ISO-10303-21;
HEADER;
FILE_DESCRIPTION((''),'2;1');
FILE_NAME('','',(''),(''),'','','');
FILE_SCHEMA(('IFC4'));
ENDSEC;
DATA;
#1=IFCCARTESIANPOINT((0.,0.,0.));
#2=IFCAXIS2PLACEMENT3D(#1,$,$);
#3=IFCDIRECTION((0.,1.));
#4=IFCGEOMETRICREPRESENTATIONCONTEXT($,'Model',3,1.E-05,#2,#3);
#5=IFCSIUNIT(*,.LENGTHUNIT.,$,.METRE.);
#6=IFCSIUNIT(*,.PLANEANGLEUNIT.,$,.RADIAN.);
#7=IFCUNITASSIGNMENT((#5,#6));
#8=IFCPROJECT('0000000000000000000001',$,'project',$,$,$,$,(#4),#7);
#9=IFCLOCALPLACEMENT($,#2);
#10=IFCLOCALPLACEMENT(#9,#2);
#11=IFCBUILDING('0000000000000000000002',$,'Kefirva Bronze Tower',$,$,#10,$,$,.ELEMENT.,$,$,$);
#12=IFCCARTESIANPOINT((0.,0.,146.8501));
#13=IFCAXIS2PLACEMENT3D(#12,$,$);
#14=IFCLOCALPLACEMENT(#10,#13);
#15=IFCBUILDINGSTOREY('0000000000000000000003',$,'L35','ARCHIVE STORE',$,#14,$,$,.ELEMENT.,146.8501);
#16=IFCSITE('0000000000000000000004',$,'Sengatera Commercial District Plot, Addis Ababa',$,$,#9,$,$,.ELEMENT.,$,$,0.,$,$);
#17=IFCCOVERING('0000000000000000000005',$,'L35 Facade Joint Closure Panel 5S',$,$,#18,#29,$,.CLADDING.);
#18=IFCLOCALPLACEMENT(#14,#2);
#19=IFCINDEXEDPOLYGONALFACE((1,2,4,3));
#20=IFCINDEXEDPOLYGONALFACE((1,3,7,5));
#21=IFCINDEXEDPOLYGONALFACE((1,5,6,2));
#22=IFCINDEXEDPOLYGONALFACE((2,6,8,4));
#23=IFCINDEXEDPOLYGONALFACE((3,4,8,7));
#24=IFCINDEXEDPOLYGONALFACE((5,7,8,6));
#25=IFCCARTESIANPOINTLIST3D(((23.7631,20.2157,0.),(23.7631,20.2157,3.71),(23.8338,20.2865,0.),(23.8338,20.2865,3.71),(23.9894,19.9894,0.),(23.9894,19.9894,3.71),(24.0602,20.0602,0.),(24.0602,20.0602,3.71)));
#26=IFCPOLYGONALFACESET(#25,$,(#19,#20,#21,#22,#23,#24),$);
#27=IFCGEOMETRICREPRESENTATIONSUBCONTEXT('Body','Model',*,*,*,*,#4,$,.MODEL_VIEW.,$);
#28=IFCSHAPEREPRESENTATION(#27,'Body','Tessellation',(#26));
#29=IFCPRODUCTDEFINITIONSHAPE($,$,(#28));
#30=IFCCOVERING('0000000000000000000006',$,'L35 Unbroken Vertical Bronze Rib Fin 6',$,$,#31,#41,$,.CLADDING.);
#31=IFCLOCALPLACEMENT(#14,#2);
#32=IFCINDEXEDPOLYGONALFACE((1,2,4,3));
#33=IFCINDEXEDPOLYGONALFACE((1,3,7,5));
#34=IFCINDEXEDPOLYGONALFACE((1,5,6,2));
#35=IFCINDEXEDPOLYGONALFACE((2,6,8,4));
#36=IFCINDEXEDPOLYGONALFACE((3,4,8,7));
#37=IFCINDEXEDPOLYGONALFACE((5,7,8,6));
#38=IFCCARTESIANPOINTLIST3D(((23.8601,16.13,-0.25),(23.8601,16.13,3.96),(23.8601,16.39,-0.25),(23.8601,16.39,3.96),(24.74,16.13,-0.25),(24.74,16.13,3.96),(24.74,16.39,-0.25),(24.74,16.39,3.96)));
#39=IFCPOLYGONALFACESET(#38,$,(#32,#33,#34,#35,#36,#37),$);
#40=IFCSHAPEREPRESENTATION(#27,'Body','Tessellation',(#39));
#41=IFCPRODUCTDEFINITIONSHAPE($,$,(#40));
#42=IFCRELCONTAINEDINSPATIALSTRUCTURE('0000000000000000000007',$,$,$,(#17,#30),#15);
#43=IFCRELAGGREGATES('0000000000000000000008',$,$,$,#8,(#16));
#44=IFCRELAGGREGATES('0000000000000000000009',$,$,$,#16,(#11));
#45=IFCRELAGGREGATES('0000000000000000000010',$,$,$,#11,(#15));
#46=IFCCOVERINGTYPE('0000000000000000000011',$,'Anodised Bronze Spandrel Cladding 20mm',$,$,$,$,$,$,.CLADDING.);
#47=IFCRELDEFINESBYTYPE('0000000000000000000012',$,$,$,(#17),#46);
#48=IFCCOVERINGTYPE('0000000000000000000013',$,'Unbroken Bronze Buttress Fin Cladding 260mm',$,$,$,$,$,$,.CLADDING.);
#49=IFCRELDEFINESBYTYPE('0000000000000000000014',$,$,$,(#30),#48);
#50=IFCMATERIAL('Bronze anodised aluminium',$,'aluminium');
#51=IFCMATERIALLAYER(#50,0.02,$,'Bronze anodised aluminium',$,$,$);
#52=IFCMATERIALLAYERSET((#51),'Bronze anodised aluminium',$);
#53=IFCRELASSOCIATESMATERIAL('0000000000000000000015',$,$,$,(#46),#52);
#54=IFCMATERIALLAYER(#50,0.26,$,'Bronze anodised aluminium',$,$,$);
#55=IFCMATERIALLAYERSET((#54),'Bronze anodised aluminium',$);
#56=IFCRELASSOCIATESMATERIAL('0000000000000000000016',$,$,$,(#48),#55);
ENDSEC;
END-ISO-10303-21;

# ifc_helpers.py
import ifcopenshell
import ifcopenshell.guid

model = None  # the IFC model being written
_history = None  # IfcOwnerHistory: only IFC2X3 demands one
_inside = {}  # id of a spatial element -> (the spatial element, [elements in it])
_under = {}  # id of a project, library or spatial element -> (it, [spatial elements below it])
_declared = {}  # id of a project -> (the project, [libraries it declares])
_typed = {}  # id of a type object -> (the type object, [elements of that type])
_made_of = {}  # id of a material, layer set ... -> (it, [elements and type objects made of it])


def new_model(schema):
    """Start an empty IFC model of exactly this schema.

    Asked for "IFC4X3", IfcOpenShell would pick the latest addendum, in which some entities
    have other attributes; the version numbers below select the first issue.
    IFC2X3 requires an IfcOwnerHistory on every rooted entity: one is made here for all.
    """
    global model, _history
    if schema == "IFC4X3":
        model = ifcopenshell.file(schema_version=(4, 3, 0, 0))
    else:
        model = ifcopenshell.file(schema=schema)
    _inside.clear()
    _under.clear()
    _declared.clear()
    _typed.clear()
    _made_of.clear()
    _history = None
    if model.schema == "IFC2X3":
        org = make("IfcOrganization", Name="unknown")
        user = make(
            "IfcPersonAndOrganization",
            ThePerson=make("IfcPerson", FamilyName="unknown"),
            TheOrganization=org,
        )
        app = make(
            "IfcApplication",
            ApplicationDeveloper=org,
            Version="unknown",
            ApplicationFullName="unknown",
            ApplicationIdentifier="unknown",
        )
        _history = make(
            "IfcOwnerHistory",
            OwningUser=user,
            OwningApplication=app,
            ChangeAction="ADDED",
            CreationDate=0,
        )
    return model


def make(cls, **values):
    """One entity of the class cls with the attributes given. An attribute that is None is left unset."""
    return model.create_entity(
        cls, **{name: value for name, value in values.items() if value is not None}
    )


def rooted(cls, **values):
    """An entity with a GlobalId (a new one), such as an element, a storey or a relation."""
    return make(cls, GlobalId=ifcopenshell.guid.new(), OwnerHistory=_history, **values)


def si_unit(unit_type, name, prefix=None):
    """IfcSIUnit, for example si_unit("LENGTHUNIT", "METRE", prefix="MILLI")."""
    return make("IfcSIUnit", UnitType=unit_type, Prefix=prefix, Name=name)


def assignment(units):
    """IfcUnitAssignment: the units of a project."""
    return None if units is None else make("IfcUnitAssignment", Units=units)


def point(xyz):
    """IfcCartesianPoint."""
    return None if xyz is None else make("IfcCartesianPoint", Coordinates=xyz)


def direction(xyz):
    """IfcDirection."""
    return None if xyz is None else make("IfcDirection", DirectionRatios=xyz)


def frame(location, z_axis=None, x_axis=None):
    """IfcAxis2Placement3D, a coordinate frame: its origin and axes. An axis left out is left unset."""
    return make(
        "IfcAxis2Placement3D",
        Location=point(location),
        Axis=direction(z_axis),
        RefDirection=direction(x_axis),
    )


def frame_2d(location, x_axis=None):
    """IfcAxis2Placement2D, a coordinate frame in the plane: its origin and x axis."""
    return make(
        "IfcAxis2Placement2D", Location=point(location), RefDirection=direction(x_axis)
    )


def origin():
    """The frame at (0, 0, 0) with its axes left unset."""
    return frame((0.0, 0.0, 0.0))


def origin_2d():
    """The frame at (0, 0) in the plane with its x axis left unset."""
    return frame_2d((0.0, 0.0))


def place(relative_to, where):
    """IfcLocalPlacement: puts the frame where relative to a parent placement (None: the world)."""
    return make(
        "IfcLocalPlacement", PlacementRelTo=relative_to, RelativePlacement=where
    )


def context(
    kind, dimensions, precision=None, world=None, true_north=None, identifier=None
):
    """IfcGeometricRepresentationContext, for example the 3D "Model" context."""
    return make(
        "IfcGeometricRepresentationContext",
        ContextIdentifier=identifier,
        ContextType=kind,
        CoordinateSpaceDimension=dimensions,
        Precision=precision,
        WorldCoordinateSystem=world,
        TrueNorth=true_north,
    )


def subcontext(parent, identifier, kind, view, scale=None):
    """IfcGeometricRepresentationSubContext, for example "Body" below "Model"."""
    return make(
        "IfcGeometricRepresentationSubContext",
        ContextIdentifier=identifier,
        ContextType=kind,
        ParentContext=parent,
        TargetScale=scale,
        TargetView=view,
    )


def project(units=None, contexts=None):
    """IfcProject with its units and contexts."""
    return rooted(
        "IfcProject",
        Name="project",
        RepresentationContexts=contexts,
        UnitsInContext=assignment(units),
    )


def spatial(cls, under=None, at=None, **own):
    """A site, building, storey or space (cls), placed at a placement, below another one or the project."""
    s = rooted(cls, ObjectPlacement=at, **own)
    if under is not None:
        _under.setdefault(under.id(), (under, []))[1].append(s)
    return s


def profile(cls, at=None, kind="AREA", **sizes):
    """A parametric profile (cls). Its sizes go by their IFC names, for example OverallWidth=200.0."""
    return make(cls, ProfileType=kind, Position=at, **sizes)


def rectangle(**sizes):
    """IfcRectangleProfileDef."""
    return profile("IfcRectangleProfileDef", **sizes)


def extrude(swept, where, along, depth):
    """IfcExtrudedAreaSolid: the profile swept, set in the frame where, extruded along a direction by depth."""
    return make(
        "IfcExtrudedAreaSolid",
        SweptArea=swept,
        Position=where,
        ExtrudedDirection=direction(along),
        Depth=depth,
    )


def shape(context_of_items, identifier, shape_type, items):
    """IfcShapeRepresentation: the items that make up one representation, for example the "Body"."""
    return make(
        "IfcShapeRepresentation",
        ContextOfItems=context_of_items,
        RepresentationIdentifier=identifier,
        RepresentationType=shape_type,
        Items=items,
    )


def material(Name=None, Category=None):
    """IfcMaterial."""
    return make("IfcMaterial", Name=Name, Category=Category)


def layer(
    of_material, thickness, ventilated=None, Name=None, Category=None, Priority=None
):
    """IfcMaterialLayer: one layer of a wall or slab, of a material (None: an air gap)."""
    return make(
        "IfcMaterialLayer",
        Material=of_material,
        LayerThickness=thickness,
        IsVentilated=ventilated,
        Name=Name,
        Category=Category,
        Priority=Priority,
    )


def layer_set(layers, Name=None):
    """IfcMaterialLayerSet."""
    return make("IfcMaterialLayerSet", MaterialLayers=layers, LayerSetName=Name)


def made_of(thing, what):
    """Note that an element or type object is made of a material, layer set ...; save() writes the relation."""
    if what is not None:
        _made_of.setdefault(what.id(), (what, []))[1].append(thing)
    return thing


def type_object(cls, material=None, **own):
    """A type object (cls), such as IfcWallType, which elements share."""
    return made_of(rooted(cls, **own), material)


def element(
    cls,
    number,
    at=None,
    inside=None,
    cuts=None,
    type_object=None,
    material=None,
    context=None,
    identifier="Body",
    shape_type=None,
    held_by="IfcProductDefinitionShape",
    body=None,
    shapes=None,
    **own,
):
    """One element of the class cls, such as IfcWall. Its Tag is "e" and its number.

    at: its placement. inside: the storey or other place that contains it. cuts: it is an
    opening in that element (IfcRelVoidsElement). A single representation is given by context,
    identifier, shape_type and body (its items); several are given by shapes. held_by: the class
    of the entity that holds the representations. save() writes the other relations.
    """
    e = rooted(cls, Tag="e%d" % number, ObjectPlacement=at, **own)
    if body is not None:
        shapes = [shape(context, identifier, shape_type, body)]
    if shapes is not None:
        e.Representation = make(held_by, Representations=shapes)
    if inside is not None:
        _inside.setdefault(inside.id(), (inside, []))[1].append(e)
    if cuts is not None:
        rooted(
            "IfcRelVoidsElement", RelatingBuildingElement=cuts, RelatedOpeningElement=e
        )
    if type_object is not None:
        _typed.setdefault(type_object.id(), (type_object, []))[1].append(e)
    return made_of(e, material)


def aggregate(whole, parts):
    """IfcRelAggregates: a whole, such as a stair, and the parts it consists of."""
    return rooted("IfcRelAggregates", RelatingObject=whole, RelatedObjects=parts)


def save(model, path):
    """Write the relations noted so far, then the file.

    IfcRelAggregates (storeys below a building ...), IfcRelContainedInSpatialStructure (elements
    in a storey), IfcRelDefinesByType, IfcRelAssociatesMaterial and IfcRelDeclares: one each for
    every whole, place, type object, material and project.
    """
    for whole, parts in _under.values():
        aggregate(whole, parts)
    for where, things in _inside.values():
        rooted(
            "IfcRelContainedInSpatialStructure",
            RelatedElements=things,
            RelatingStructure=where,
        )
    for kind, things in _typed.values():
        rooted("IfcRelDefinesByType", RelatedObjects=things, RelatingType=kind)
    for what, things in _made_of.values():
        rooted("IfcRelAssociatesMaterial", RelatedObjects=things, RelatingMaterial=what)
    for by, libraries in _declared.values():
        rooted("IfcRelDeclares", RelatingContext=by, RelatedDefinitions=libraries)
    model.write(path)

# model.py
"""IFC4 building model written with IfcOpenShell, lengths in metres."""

from ifc_helpers import new_model, si_unit, direction, frame, origin, origin_2d, place, context, subcontext, project, spatial, rectangle, extrude, material, layer, layer_set, type_object, element, save


model = new_model("IFC4")

# Units and contexts
model_context = context("Model", 3, precision=1e-05, world=origin(), true_north=direction((0.0, 1.0)))
body_context = subcontext(model_context, "Body", "Model", "MODEL_VIEW")
ifc_project = project(units=[si_unit("LENGTHUNIT", "METRE"), si_unit("PLANEANGLEUNIT", "RADIAN")], contexts=[model_context])

# Site, building, storey
site_placement = place(None, origin())
site = spatial("IfcSite", under=ifc_project, at=site_placement, Name="Sengatera Commercial District Plot, Addis Ababa", CompositionType="ELEMENT", RefElevation=0.0)
building_placement = place(site_placement, origin())
building = spatial("IfcBuilding", under=site, at=building_placement, Name="Kefirva Bronze Tower", CompositionType="ELEMENT")
storey_placement = place(building_placement, frame((0.0, 0.0, 146.8501)))
storey = spatial("IfcBuildingStorey", under=building, at=storey_placement, Name="L35", Description="ARCHIVE STORE", CompositionType="ELEMENT", Elevation=146.8501)

# Shared definitions
ifc_material_1 = material(Name="Bronze anodised aluminium", Category="aluminium")

# Coverings
ifc_layer_1 = layer(ifc_material_1, 0.02, Name="Bronze anodised aluminium")
ifc_layer_set_1 = layer_set([ifc_layer_1], Name="Bronze anodised aluminium")
covering_type_1 = type_object("IfcCoveringType", Name="Anodised Bronze Spandrel Cladding 20mm", PredefinedType="CLADDING", material=ifc_layer_set_1)
covering_1_placement = place(storey_placement, frame((23.9116, 20.1379, 0.0), z_axis=(0.0, 0.0, 1.0), x_axis=(0.707107, 0.707107, 0.0)))
element("IfcCovering", 1, at=covering_1_placement, inside=storey, type_object=covering_type_1, Name="L35 Facade Joint Closure Panel 5S", PredefinedType="CLADDING", context=body_context, shape_type="SweptSolid", body=[
    extrude(rectangle(XDim=0.1001, YDim=0.3201, at=origin_2d()), origin(), (0.0, 0.0, 1.0), 3.71),
])
ifc_layer_2 = layer(ifc_material_1, 0.26, Name="Bronze anodised aluminium")
ifc_layer_set_2 = layer_set([ifc_layer_2], Name="Bronze anodised aluminium")
covering_type_2 = type_object("IfcCoveringType", Name="Unbroken Bronze Buttress Fin Cladding 260mm", PredefinedType="CLADDING", material=ifc_layer_set_2)
covering_2_placement = place(storey_placement, frame((24.3, 16.26, -0.25), z_axis=(0.0, 0.0, 1.0), x_axis=(0.0, 1.0, 0.0)))
element("IfcCovering", 2, at=covering_2_placement, inside=storey, type_object=covering_type_2, Name="L35 Unbroken Vertical Bronze Rib Fin 6", PredefinedType="CLADDING", context=body_context, shape_type="SweptSolid", body=[
    extrude(rectangle(XDim=0.26, YDim=0.8799, at=origin_2d()), origin(), (0.0, 0.0, 1.0), 4.21),
])

save(model, "model.ifc")
